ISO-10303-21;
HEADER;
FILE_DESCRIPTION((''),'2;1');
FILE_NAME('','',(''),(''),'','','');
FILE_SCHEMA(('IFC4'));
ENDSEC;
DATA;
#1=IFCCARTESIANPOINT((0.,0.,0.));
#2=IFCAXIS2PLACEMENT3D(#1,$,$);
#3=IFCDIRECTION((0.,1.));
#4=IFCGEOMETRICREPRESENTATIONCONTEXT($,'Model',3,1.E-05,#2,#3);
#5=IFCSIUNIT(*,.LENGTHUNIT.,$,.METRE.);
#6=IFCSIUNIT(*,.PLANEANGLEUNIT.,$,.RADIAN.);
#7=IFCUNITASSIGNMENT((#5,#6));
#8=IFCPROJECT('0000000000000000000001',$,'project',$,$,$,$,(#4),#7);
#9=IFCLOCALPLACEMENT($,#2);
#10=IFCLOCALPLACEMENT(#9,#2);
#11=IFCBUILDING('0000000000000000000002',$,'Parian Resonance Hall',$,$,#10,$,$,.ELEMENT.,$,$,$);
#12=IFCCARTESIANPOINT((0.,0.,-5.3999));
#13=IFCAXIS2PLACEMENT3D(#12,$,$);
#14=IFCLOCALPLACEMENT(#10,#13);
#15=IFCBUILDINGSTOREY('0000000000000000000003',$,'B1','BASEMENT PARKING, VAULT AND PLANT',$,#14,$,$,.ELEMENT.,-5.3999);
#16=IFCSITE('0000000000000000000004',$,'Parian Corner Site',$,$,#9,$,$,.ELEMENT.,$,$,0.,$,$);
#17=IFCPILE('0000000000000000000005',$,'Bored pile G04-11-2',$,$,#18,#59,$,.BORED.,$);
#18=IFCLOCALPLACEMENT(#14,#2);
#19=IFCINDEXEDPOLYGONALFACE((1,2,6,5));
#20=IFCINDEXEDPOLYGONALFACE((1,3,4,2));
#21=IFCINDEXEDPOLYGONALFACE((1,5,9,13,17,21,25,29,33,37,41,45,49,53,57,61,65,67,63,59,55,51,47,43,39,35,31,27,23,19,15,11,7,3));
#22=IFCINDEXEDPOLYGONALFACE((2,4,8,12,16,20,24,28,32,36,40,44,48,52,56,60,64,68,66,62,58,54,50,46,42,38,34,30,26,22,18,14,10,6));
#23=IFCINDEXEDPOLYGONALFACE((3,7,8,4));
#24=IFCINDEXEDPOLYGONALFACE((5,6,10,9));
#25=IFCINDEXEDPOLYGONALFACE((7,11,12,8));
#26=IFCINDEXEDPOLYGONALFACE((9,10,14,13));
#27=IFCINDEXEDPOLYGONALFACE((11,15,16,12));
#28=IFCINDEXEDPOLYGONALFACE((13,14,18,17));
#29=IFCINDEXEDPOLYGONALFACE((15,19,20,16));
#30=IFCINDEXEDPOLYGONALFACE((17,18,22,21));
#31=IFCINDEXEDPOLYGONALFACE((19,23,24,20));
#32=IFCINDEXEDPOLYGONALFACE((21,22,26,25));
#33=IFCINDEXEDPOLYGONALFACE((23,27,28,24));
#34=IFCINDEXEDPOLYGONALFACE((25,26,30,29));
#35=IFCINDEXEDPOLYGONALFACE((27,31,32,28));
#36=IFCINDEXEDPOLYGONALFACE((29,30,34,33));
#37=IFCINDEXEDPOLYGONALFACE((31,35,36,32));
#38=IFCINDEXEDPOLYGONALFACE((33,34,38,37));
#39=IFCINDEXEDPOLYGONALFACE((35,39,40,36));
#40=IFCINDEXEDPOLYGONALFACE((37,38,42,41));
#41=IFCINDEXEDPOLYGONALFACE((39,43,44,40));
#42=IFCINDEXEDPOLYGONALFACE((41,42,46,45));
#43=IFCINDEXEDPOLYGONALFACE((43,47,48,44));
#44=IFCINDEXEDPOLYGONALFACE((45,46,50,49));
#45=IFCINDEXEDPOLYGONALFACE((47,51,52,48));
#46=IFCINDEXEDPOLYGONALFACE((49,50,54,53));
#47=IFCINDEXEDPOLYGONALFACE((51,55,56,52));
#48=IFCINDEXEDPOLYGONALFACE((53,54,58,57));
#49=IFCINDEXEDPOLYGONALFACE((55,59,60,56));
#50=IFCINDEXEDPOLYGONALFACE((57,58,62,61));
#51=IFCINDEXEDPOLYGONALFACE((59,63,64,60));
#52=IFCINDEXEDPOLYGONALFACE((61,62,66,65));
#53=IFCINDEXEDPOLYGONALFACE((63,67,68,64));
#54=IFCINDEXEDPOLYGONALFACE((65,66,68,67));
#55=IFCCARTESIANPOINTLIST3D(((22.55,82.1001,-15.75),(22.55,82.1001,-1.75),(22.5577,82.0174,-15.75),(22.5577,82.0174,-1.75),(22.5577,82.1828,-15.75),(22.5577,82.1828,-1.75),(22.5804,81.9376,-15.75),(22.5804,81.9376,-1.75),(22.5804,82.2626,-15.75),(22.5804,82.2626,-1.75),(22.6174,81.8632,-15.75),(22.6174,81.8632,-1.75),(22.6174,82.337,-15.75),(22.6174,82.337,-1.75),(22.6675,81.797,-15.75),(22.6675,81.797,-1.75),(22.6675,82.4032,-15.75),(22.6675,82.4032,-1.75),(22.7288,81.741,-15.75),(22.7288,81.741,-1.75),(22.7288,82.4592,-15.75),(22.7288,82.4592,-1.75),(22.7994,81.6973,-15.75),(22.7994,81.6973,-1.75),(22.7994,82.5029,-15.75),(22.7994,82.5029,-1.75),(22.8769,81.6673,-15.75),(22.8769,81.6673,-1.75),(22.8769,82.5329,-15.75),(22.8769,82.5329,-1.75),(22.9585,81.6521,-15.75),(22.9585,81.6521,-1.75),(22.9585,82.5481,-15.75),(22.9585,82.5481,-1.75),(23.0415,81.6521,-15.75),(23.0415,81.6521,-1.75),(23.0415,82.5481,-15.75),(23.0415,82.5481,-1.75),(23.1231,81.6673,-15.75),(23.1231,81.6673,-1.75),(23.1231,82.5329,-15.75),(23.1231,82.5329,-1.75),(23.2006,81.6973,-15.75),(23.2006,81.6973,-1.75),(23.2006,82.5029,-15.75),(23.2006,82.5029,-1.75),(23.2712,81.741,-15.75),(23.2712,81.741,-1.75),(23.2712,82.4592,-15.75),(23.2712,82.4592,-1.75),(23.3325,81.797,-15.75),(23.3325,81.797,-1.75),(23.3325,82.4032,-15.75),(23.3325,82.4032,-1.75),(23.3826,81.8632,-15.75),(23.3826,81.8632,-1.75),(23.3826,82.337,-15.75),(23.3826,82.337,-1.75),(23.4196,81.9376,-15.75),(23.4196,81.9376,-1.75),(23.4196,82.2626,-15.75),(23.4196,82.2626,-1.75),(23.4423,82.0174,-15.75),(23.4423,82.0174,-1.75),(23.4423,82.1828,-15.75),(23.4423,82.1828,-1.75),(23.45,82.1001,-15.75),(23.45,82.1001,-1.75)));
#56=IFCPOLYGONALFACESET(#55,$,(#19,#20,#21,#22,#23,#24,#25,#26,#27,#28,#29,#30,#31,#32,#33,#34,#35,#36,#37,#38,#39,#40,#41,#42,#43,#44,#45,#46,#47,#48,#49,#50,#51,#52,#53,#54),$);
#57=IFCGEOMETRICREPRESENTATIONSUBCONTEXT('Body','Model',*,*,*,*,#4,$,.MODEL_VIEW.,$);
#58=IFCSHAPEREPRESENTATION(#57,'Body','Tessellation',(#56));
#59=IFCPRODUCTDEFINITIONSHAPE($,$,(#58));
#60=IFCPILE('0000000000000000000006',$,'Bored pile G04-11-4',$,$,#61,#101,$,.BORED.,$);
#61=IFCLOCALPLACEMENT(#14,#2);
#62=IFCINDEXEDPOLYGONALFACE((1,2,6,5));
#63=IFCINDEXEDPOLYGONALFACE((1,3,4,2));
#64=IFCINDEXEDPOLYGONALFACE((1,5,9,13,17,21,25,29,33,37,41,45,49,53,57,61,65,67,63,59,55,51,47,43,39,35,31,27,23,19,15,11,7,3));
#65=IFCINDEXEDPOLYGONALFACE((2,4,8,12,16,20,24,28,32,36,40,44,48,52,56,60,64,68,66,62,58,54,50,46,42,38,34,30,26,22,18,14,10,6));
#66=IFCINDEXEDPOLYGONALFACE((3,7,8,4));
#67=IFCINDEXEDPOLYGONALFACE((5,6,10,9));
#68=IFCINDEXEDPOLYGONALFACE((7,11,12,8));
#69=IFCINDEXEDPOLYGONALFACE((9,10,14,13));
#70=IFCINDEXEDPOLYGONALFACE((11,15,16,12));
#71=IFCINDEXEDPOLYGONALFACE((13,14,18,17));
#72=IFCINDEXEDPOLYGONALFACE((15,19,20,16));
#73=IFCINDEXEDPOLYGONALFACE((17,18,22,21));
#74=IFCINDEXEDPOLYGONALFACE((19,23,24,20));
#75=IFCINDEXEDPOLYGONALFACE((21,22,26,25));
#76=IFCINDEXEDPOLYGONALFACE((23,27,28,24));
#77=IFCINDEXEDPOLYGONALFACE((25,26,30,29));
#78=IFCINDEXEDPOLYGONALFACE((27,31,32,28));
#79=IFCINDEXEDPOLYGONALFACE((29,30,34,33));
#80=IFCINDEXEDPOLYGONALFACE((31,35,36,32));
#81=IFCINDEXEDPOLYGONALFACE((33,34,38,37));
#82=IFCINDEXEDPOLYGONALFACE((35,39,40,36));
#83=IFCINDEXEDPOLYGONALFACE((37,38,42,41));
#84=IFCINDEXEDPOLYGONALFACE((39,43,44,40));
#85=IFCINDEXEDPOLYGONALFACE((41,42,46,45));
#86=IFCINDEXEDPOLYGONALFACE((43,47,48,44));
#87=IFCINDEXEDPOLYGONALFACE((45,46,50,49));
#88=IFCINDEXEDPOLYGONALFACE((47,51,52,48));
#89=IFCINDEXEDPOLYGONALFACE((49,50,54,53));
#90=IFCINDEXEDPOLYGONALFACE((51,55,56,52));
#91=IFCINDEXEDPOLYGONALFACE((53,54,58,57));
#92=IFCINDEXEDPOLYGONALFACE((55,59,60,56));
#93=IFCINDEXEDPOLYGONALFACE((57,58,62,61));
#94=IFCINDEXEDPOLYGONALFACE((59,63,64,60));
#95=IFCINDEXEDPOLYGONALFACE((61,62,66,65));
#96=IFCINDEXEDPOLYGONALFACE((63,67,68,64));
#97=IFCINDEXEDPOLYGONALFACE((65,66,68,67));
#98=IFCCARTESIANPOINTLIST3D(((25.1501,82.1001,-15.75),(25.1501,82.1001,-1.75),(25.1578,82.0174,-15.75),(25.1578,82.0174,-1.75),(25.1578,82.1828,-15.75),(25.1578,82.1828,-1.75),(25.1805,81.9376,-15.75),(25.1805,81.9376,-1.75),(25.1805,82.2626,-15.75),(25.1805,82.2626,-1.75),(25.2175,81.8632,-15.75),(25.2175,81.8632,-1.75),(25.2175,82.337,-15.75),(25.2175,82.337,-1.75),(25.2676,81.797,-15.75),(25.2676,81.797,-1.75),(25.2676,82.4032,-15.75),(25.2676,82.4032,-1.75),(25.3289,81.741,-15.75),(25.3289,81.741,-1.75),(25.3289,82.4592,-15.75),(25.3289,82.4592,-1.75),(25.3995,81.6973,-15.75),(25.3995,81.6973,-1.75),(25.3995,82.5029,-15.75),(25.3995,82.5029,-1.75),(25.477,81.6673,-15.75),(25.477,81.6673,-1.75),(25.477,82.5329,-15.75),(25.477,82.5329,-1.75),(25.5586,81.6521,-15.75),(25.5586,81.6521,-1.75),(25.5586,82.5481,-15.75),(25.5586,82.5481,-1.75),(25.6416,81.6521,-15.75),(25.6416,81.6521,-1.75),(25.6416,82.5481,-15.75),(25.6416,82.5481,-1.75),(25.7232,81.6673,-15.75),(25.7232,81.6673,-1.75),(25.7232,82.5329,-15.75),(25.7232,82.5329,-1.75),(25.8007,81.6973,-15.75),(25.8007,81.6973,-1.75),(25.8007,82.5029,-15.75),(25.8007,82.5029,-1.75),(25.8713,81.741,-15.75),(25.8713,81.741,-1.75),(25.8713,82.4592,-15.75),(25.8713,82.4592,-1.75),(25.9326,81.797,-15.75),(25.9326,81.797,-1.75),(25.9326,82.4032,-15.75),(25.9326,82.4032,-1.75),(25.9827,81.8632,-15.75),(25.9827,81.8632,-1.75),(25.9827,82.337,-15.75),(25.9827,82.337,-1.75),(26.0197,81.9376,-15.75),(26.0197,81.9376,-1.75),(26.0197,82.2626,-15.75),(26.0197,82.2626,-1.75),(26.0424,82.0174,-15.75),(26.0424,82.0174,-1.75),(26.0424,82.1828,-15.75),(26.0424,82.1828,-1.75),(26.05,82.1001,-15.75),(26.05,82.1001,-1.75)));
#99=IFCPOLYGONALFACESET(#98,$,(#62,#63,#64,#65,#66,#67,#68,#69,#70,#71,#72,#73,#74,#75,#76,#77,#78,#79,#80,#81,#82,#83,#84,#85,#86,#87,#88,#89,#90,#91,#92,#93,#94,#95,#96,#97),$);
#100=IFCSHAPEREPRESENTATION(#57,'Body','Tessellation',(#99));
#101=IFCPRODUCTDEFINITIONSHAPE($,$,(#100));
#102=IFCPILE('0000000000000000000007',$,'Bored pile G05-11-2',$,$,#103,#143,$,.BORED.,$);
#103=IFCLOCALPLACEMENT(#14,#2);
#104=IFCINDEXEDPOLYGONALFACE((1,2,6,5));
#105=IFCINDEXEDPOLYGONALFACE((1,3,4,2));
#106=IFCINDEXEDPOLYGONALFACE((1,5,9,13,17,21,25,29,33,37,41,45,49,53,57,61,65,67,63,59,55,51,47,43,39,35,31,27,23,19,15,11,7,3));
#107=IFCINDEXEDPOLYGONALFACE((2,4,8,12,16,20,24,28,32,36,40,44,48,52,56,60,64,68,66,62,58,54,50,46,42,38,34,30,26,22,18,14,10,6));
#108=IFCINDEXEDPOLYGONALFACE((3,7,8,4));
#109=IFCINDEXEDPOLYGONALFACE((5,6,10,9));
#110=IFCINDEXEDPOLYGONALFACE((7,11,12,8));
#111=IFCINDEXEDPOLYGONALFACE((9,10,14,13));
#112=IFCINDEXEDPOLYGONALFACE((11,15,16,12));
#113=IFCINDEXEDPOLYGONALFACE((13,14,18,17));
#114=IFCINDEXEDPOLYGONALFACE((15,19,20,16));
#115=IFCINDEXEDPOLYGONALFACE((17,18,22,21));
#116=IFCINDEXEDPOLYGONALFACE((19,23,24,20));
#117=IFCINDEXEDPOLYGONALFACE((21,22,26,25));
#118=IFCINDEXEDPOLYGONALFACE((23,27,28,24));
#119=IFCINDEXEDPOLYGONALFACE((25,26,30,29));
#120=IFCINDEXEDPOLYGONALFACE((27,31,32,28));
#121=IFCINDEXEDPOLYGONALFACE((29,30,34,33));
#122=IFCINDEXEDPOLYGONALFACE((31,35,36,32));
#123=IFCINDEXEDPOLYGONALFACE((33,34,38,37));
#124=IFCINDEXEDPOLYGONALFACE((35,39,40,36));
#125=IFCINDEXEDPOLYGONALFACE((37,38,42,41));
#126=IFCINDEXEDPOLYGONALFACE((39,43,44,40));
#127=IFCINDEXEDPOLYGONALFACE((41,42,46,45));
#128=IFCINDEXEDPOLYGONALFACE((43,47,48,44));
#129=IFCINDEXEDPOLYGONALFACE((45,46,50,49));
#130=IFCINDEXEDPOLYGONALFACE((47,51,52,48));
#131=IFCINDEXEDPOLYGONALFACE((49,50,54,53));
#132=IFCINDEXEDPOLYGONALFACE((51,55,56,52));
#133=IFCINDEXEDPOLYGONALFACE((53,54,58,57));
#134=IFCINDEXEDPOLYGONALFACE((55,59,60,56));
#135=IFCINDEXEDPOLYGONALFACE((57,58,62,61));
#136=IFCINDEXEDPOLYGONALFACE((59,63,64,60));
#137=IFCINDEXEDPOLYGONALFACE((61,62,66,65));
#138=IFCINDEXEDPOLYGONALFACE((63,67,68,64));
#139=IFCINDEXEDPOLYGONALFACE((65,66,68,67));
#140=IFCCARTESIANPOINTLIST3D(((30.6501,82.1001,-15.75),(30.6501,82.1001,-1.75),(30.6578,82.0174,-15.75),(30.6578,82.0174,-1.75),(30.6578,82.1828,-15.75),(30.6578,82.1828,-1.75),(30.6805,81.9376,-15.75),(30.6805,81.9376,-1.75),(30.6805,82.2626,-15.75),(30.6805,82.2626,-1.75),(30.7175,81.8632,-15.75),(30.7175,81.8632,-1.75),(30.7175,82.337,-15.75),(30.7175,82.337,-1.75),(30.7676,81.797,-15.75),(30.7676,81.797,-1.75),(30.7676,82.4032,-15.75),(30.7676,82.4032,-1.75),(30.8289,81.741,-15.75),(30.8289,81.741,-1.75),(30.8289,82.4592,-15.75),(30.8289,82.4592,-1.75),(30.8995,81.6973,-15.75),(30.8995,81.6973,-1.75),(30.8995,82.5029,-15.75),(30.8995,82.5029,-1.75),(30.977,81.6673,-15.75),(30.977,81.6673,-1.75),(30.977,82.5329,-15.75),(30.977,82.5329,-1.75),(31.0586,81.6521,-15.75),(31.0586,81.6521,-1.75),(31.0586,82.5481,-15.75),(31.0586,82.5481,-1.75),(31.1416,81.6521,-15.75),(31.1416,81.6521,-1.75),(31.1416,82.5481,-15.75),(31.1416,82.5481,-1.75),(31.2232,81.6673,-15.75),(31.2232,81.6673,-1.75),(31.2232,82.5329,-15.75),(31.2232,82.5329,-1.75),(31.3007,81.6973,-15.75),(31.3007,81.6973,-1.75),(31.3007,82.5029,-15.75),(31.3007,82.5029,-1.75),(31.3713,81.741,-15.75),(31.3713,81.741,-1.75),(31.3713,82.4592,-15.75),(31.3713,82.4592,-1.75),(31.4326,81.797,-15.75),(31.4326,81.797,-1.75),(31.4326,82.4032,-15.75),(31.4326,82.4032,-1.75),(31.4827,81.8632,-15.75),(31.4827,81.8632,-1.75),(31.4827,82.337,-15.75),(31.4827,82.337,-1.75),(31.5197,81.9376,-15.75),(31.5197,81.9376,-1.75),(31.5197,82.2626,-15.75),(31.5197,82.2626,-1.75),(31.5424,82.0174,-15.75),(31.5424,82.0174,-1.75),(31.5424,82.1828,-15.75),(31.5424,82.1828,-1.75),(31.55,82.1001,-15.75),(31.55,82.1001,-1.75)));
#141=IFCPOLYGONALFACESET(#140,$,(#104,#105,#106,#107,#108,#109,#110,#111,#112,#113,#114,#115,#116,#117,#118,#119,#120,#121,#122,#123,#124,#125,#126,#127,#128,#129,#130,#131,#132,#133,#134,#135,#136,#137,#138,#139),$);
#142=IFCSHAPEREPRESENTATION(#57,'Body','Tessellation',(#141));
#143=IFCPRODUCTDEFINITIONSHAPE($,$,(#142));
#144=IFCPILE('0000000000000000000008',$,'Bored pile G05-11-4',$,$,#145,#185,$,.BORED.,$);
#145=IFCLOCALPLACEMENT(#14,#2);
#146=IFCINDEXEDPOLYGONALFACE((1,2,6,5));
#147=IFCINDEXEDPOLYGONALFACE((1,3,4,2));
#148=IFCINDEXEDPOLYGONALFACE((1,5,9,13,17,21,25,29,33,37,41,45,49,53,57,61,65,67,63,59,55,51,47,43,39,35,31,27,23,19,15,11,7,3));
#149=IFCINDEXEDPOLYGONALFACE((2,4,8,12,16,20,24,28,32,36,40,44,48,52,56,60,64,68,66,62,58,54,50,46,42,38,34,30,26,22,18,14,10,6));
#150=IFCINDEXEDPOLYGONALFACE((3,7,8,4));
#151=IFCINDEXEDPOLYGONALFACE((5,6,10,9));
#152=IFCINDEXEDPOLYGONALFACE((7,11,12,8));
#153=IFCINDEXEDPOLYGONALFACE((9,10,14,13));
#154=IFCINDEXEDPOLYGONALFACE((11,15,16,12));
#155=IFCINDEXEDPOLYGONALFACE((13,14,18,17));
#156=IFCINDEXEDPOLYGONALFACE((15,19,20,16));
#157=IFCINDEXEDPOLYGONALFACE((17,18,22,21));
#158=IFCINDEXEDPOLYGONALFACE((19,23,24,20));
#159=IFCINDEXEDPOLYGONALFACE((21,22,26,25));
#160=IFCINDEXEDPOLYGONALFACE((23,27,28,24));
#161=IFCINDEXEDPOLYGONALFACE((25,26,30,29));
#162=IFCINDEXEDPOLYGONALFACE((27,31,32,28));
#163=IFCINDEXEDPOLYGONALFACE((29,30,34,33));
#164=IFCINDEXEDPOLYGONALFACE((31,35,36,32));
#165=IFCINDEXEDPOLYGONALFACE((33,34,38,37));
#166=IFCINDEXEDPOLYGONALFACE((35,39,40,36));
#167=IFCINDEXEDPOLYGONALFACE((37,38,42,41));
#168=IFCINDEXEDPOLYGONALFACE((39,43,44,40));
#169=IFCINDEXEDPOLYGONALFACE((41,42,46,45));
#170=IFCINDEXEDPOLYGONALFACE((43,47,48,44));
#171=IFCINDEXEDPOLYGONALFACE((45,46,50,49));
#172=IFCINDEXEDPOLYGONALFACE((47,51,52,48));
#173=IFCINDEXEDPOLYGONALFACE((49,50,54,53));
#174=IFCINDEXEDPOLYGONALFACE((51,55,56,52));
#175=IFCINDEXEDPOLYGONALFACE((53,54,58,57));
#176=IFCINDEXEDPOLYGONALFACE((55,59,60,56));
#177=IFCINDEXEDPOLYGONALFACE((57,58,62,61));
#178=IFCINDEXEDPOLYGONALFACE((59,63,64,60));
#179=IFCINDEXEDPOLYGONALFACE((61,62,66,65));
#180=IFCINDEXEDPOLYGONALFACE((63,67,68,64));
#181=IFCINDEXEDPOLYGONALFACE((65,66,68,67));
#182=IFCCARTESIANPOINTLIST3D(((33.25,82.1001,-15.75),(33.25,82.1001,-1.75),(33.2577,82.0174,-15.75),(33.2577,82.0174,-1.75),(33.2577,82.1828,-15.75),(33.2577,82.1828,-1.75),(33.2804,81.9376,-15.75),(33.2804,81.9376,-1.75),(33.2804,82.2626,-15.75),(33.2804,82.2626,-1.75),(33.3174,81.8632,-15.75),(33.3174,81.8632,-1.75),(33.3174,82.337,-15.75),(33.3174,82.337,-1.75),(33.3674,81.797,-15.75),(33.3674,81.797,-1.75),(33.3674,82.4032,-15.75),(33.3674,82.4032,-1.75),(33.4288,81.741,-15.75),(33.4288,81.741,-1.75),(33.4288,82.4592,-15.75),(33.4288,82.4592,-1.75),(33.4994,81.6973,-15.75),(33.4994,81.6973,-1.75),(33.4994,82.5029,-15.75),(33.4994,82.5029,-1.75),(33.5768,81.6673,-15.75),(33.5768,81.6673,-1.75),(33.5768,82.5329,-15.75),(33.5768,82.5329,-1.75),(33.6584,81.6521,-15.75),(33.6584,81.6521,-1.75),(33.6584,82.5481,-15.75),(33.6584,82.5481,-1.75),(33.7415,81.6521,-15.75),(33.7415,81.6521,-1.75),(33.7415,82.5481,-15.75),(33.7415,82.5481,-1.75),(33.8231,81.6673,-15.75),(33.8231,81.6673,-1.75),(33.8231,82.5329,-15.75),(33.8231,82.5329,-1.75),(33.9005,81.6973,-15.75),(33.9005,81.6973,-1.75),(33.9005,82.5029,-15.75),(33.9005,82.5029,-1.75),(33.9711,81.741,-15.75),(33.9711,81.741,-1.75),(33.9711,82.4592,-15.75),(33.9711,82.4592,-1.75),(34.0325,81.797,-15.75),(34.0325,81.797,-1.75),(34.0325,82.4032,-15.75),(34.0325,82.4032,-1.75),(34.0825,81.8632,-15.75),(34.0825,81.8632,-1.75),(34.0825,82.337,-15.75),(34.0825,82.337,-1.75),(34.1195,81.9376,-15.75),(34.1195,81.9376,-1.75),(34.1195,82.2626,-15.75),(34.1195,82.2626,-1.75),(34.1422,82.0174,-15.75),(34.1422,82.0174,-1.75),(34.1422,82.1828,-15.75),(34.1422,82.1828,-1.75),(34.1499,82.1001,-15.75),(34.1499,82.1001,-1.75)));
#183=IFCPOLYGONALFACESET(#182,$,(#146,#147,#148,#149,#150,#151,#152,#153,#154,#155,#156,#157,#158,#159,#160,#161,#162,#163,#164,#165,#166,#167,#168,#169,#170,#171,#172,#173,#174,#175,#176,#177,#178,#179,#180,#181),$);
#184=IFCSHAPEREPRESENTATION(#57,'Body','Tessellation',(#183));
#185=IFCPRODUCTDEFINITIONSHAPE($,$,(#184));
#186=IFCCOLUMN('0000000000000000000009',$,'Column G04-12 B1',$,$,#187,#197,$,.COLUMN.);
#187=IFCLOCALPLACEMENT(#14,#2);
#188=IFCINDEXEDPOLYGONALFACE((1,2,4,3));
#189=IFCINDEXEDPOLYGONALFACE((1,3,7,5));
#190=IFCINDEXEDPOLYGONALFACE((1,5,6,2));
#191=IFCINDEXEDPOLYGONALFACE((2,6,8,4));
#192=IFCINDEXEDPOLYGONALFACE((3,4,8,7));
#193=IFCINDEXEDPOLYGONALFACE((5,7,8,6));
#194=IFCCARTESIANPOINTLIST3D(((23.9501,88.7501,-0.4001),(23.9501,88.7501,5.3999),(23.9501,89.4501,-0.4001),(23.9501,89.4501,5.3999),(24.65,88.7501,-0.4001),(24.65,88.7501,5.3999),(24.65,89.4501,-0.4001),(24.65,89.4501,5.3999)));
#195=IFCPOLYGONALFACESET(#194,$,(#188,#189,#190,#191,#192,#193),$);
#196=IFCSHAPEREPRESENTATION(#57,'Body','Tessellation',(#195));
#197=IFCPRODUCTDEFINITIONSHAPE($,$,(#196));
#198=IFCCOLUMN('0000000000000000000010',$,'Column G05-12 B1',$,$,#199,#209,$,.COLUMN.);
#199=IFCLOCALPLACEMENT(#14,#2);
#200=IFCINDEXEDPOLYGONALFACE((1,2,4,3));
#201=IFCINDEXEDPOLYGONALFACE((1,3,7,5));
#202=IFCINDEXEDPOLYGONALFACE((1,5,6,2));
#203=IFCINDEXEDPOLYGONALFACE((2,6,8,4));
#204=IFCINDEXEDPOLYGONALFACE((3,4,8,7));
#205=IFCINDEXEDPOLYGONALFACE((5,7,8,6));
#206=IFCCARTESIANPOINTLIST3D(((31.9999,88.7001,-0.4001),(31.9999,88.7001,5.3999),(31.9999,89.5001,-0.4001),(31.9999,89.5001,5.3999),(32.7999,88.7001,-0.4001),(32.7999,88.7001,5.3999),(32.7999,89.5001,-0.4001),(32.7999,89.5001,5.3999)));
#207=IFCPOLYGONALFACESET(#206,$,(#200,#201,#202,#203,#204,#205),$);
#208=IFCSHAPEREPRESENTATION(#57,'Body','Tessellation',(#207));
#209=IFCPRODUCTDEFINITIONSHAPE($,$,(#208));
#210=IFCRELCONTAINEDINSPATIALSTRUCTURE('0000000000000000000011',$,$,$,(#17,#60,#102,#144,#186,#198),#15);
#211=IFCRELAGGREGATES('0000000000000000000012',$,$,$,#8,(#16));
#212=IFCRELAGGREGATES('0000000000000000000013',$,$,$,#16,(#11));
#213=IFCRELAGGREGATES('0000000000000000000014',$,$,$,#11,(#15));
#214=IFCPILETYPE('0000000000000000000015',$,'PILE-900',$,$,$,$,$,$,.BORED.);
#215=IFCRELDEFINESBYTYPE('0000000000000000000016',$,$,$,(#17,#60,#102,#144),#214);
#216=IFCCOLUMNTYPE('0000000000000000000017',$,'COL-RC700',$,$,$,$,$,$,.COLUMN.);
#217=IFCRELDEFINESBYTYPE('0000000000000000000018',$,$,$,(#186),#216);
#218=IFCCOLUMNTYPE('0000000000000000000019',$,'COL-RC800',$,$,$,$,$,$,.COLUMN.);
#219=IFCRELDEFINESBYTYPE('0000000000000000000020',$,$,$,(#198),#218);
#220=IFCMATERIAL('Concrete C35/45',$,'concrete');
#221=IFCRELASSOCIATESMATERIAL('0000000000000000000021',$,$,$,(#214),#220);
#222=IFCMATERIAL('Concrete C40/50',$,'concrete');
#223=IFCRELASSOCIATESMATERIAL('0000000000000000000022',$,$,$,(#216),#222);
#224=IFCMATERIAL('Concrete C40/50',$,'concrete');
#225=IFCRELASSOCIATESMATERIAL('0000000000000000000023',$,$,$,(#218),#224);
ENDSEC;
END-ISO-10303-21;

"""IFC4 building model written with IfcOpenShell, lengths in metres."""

from ifc_helpers import new_model, si_unit, direction, frame, origin, origin_2d, place, context, subcontext, project, spatial, rectangle, circle, extrude, material, material_profile, profile_set, type_object, element, save


model = new_model("IFC4")

# Units and contexts
model_context = context("Model", 3, precision=1e-05, world=origin(), true_north=direction((0.0, 1.0)))
body_context = subcontext(model_context, "Body", "Model", "MODEL_VIEW")
ifc_project = project(units=[si_unit("LENGTHUNIT", "METRE"), si_unit("PLANEANGLEUNIT", "RADIAN")], contexts=[model_context])

# Site, building, storey
site_placement = place(None, origin())
site = spatial("IfcSite", under=ifc_project, at=site_placement, Name="Parian Corner Site", CompositionType="ELEMENT", RefElevation=0.0)
building_placement = place(site_placement, origin())
building = spatial("IfcBuilding", under=site, at=building_placement, Name="Parian Resonance Hall", CompositionType="ELEMENT")
storey_placement = place(building_placement, frame((0.0, 0.0, -5.3999)))
storey = spatial("IfcBuildingStorey", under=building, at=storey_placement, Name="B1", Description="BASEMENT PARKING, VAULT AND PLANT", CompositionType="ELEMENT", Elevation=-5.3999)

# Piles
ifc_material_1 = material(Name="Concrete C35/45", Category="concrete")
ifc_material_profile_1 = material_profile(ifc_material_1, circle(Radius=0.45, at=origin_2d()), Name="PILE-D900")
ifc_profile_set_1 = profile_set([ifc_material_profile_1], Name="Concrete C35/45")
pile_type_1 = type_object("IfcPileType", Name="PILE-900", PredefinedType="BORED", material=ifc_profile_set_1)
for number, where, z_axis, x_axis, name in (
    (1, (23.0, 82.1001, -1.75), (0.0, 0.0, -1.0), (1.0, 0.0, 0.0), "Bored pile G04-11-2"),
    (2, (25.6001, 82.1001, -1.75), (0.0, 0.0, -1.0), (1.0, 0.0, 0.0), "Bored pile G04-11-4"),
    (3, (31.1001, 82.1001, -1.75), (0.0, 0.0, -1.0), (1.0, 0.0, 0.0), "Bored pile G05-11-2"),
    (4, (33.7, 82.1001, -1.75), (0.0, 0.0, -1.0), (1.0, 0.0, 0.0), "Bored pile G05-11-4"),
):
    element("IfcPile", number, at=place(storey_placement, frame(where, z_axis=z_axis, x_axis=x_axis)), inside=storey, type_object=pile_type_1, Name=name, PredefinedType="BORED", context=body_context, shape_type="SweptSolid", body=[
        extrude(circle(Radius=0.45, at=origin_2d()), origin(), (0.0, 0.0, 1.0), 14.0),
    ])

# Columns
ifc_material_2 = material(Name="Concrete C40/50", Category="concrete")
ifc_material_profile_2 = material_profile(ifc_material_2, rectangle(XDim=0.7, YDim=0.7, at=origin_2d()), Name="RC-COL-700x700")
ifc_profile_set_2 = profile_set([ifc_material_profile_2], Name="Concrete C40/50")
column_type_1 = type_object("IfcColumnType", Name="COL-RC700", PredefinedType="COLUMN", material=ifc_profile_set_2)
column_1_placement = place(storey_placement, frame((24.3, 89.1001, -0.4001), z_axis=(0.0, 0.0, 1.0), x_axis=(1.0, 0.0, 0.0)))
element("IfcColumn", 5, at=column_1_placement, inside=storey, type_object=column_type_1, Name="Column G04-12 B1", PredefinedType="COLUMN", context=body_context, shape_type="SweptSolid", body=[
    extrude(rectangle(XDim=0.7, YDim=0.7, at=origin_2d()), origin(), (0.0, 0.0, 1.0), 5.8),
])
ifc_material_3 = material(Name="Concrete C40/50", Category="concrete")
ifc_material_profile_3 = material_profile(ifc_material_3, rectangle(XDim=0.8, YDim=0.8, at=origin_2d()), Name="RC-COL-800x800")
ifc_profile_set_3 = profile_set([ifc_material_profile_3], Name="Concrete C40/50")
column_type_2 = type_object("IfcColumnType", Name="COL-RC800", PredefinedType="COLUMN", material=ifc_profile_set_3)
column_2_placement = place(storey_placement, frame((32.3999, 89.1001, -0.4001), z_axis=(0.0, 0.0, 1.0), x_axis=(1.0, 0.0, 0.0)))
element("IfcColumn", 6, at=column_2_placement, inside=storey, type_object=column_type_2, Name="Column G05-12 B1", PredefinedType="COLUMN", context=body_context, shape_type="SweptSolid", body=[
    extrude(rectangle(XDim=0.8, YDim=0.8, at=origin_2d()), origin(), (0.0, 0.0, 1.0), 5.8),
])

save(model, "model.ifc")
